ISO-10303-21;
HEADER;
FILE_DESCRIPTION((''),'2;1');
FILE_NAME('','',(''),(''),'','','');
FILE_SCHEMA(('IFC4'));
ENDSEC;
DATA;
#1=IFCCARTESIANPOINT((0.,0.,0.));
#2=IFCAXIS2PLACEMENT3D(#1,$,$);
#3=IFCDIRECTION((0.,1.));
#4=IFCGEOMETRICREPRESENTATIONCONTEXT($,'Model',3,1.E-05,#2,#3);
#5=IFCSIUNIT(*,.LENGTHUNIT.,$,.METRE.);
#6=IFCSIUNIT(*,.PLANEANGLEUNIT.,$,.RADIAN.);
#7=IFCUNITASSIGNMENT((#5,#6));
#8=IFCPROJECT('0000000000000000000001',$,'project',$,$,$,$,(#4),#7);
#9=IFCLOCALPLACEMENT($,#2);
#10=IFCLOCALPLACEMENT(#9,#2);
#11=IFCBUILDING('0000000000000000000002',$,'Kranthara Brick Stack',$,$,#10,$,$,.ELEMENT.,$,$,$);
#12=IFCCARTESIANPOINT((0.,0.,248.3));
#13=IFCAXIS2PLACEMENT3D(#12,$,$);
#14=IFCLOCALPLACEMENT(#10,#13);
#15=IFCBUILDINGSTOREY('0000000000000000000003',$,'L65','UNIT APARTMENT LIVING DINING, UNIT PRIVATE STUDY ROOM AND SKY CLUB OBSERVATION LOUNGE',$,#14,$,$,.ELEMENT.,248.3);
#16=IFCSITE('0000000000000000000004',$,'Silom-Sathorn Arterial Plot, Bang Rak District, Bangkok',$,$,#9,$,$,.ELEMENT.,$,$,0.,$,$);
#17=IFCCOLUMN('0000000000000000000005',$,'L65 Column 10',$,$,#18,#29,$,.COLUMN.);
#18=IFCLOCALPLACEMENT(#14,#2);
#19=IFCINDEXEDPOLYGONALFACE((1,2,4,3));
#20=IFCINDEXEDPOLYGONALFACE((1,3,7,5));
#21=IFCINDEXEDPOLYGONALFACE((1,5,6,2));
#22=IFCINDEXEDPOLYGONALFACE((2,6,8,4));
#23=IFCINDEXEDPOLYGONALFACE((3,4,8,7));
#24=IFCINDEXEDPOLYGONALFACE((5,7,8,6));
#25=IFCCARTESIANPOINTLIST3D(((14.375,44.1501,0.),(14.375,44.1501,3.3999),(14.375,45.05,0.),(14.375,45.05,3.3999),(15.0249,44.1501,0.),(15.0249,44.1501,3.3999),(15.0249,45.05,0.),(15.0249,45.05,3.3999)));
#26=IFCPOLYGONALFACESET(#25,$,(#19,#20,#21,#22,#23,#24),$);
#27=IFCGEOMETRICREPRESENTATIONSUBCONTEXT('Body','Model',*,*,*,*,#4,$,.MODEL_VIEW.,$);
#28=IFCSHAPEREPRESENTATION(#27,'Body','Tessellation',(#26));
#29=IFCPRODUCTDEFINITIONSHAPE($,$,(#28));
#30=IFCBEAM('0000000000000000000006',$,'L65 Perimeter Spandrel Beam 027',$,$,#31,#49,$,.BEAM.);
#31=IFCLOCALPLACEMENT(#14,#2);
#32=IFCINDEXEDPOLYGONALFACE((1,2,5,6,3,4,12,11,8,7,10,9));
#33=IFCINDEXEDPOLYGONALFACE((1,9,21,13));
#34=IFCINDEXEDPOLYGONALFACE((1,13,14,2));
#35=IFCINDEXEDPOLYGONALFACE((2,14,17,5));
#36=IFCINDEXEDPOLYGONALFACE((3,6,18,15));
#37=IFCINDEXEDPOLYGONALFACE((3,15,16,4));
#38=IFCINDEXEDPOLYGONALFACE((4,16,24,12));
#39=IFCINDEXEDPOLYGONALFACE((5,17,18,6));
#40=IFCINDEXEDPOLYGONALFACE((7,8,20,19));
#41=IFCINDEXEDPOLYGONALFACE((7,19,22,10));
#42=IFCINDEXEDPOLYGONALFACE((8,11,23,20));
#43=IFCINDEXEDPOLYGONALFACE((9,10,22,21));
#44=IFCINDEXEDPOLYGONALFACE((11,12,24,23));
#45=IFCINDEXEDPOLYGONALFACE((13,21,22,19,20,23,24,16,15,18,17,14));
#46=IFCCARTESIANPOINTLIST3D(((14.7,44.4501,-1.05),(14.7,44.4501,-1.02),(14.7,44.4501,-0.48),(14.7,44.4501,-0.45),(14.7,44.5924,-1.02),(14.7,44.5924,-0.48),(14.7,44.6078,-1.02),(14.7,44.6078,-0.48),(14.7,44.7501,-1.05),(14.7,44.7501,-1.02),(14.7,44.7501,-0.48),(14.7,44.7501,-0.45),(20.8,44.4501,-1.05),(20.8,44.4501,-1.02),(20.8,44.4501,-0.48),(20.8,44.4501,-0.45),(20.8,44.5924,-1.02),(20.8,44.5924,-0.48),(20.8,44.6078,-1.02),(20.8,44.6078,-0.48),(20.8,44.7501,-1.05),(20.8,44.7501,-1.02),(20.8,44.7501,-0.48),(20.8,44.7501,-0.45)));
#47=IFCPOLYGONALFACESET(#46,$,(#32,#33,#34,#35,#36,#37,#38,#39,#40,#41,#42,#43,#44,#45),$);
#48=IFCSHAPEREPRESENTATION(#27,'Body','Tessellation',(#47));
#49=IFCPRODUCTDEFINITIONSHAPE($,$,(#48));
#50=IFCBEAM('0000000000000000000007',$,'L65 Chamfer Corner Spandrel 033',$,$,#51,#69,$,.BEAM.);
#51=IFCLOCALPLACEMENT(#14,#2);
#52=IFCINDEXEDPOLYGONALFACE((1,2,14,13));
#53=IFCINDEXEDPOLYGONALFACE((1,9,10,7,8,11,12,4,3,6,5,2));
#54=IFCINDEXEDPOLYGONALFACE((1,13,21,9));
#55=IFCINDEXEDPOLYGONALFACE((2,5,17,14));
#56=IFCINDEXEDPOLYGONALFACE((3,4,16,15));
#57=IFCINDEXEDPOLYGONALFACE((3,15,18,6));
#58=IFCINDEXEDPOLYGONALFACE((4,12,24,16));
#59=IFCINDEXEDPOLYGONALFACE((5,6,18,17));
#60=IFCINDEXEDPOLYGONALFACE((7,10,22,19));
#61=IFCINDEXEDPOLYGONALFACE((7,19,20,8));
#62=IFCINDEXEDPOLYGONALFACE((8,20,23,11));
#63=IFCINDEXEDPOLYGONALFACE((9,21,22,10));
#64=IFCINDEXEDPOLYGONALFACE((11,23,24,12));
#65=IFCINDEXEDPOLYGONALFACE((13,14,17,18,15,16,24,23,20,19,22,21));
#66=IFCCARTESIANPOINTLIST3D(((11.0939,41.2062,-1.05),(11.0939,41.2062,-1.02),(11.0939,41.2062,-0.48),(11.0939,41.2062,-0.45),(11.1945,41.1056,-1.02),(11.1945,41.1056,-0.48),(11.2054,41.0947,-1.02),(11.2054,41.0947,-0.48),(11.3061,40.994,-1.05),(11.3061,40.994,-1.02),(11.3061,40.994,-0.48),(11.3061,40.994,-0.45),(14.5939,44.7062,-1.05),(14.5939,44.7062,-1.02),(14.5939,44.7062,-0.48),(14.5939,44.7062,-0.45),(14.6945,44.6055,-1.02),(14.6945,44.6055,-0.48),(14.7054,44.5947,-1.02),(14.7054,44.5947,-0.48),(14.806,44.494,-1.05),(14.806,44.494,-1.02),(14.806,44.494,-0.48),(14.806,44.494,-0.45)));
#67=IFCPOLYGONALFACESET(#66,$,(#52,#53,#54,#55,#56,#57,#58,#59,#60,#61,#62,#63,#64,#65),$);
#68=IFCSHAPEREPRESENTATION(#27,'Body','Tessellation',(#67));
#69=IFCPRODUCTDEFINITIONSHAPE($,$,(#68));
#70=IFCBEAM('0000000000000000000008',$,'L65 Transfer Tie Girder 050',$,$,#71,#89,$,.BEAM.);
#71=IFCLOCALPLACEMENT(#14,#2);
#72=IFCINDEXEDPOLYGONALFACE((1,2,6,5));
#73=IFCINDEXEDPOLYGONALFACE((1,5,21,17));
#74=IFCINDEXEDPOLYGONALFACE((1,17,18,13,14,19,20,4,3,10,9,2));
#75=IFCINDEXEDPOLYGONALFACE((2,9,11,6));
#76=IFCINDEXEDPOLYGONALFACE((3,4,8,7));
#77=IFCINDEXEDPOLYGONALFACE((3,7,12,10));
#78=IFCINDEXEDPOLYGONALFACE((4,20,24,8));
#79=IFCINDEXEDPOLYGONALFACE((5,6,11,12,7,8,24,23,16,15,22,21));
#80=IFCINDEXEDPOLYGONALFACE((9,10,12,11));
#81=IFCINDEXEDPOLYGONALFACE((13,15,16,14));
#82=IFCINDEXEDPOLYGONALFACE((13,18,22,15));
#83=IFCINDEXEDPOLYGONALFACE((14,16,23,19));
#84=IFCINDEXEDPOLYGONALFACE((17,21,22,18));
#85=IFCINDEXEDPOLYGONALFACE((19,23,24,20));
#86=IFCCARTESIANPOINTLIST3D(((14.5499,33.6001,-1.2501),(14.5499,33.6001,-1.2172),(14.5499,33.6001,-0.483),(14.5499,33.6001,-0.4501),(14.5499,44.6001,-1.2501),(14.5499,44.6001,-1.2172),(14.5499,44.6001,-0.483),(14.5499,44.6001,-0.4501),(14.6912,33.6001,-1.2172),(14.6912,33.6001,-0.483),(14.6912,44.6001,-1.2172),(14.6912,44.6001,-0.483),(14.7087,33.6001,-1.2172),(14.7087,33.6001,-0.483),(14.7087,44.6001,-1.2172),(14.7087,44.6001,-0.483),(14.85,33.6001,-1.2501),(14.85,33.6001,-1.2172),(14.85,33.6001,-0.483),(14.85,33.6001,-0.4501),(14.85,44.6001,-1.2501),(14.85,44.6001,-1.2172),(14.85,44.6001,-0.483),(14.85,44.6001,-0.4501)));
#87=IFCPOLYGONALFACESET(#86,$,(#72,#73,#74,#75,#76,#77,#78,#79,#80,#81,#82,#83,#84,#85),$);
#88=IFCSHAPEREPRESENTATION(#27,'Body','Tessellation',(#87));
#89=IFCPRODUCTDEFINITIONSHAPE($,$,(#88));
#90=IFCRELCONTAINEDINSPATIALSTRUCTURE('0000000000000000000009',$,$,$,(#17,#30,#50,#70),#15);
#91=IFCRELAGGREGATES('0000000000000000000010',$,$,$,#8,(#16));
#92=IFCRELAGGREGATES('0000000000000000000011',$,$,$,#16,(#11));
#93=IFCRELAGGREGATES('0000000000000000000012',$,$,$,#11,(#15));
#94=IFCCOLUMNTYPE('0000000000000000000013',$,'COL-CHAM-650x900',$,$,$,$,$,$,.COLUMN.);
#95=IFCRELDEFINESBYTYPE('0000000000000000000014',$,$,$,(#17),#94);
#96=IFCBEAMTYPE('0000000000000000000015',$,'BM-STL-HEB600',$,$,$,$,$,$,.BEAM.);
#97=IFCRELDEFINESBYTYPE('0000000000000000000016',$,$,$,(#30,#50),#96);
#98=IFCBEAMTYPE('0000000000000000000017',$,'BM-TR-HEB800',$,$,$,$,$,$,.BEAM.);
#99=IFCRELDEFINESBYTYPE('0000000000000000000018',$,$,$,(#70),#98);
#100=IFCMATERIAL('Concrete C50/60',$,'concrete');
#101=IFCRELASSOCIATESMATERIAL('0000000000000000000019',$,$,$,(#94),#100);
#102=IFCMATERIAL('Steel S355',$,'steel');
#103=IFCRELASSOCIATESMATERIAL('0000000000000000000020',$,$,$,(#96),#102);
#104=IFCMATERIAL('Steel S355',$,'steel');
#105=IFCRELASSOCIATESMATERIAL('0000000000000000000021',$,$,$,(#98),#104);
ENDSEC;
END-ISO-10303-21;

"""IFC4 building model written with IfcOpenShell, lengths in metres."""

from ifc_helpers import new_model, si_unit, direction, frame, origin, origin_2d, place, context, subcontext, project, spatial, rectangle, i_section, extrude, material, material_profile, profile_set, type_object, element, save


model = new_model("IFC4")

# Units and contexts
model_context = context("Model", 3, precision=1e-05, world=origin(), true_north=direction((0.0, 1.0)))
body_context = subcontext(model_context, "Body", "Model", "MODEL_VIEW")
ifc_project = project(units=[si_unit("LENGTHUNIT", "METRE"), si_unit("PLANEANGLEUNIT", "RADIAN")], contexts=[model_context])

# Site, building, storey
site_placement = place(None, origin())
site = spatial("IfcSite", under=ifc_project, at=site_placement, Name="Silom-Sathorn Arterial Plot, Bang Rak District, Bangkok", CompositionType="ELEMENT", RefElevation=0.0)
building_placement = place(site_placement, origin())
building = spatial("IfcBuilding", under=site, at=building_placement, Name="Kranthara Brick Stack", CompositionType="ELEMENT")
storey_placement = place(building_placement, frame((0.0, 0.0, 248.3)))
storey = spatial("IfcBuildingStorey", under=building, at=storey_placement, Name="L65", Description="UNIT APARTMENT LIVING DINING, UNIT PRIVATE STUDY ROOM AND SKY CLUB OBSERVATION LOUNGE", CompositionType="ELEMENT", Elevation=248.3)

# Column
ifc_material_1 = material(Name="Concrete C50/60", Category="concrete")
ifc_material_profile_1 = material_profile(ifc_material_1, rectangle(XDim=0.6499, YDim=0.8999, at=origin_2d()), Name="RC 650x900")
ifc_profile_set_1 = profile_set([ifc_material_profile_1], Name="Concrete C50/60")
column_type = type_object("IfcColumnType", Name="COL-CHAM-650x900", PredefinedType="COLUMN", material=ifc_profile_set_1)
column_placement = place(storey_placement, frame((14.7, 44.6001, 0.0), z_axis=(0.0, 0.0, 1.0), x_axis=(1.0, 0.0, 0.0)))
element("IfcColumn", 1, at=column_placement, inside=storey, type_object=column_type, Name="L65 Column 10", PredefinedType="COLUMN", context=body_context, shape_type="SweptSolid", body=[
    extrude(rectangle(XDim=0.6499, YDim=0.8999, at=origin_2d()), origin(), (0.0, 0.0, 1.0), 3.3999),
])

# Beams
ifc_material_2 = material(Name="Steel S355", Category="steel")
ifc_material_profile_2 = material_profile(ifc_material_2, i_section(OverallWidth=0.3, OverallDepth=0.6001, WebThickness=0.0154, FlangeThickness=0.03, at=origin_2d()), Name="HEB 600")
ifc_profile_set_2 = profile_set([ifc_material_profile_2], Name="Steel S355")
beam_type_1 = type_object("IfcBeamType", Name="BM-STL-HEB600", PredefinedType="BEAM", material=ifc_profile_set_2)
beam_1_placement = place(storey_placement, frame((14.7, 44.6001, -0.75), z_axis=(1.0, 0.0, 0.0), x_axis=(0.0, 1.0, 0.0)))
element("IfcBeam", 2, at=beam_1_placement, inside=storey, type_object=beam_type_1, Name="L65 Perimeter Spandrel Beam 027", PredefinedType="BEAM", context=body_context, shape_type="SweptSolid", body=[
    extrude(i_section(OverallWidth=0.3, OverallDepth=0.6001, WebThickness=0.0154, FlangeThickness=0.03, at=origin_2d()), origin(), (0.0, 0.0, 1.0), 6.1001),
])
beam_2_placement = place(storey_placement, frame((14.7, 44.6001, -0.75), z_axis=(-0.707107, -0.707107, 0.0), x_axis=(0.707107, -0.707107, 0.0)))
element("IfcBeam", 3, at=beam_2_placement, inside=storey, type_object=beam_type_1, Name="L65 Chamfer Corner Spandrel 033", PredefinedType="BEAM", context=body_context, shape_type="SweptSolid", body=[
    extrude(i_section(OverallWidth=0.3, OverallDepth=0.6001, WebThickness=0.0154, FlangeThickness=0.03, at=origin_2d()), origin(), (0.0, 0.0, 1.0), 4.9497),
])
ifc_material_3 = material(Name="Steel S355", Category="steel")
ifc_material_profile_3 = material_profile(ifc_material_3, i_section(OverallWidth=0.3, OverallDepth=0.8, WebThickness=0.0176, FlangeThickness=0.033, at=origin_2d()), Name="HEB 800")
ifc_profile_set_3 = profile_set([ifc_material_profile_3], Name="Steel S355")
beam_type_2 = type_object("IfcBeamType", Name="BM-TR-HEB800", PredefinedType="BEAM", material=ifc_profile_set_3)
beam_3_placement = place(storey_placement, frame((14.7, 44.6001, -0.8501), z_axis=(0.0, -1.0, 0.0), x_axis=(1.0, 0.0, 0.0)))
element("IfcBeam", 4, at=beam_3_placement, inside=storey, type_object=beam_type_2, Name="L65 Transfer Tie Girder 050", PredefinedType="BEAM", context=body_context, shape_type="SweptSolid", body=[
    extrude(i_section(OverallWidth=0.3, OverallDepth=0.8, WebThickness=0.0176, FlangeThickness=0.033, at=origin_2d()), origin(), (0.0, 0.0, 1.0), 11.0),
])

save(model, "model.ifc")
